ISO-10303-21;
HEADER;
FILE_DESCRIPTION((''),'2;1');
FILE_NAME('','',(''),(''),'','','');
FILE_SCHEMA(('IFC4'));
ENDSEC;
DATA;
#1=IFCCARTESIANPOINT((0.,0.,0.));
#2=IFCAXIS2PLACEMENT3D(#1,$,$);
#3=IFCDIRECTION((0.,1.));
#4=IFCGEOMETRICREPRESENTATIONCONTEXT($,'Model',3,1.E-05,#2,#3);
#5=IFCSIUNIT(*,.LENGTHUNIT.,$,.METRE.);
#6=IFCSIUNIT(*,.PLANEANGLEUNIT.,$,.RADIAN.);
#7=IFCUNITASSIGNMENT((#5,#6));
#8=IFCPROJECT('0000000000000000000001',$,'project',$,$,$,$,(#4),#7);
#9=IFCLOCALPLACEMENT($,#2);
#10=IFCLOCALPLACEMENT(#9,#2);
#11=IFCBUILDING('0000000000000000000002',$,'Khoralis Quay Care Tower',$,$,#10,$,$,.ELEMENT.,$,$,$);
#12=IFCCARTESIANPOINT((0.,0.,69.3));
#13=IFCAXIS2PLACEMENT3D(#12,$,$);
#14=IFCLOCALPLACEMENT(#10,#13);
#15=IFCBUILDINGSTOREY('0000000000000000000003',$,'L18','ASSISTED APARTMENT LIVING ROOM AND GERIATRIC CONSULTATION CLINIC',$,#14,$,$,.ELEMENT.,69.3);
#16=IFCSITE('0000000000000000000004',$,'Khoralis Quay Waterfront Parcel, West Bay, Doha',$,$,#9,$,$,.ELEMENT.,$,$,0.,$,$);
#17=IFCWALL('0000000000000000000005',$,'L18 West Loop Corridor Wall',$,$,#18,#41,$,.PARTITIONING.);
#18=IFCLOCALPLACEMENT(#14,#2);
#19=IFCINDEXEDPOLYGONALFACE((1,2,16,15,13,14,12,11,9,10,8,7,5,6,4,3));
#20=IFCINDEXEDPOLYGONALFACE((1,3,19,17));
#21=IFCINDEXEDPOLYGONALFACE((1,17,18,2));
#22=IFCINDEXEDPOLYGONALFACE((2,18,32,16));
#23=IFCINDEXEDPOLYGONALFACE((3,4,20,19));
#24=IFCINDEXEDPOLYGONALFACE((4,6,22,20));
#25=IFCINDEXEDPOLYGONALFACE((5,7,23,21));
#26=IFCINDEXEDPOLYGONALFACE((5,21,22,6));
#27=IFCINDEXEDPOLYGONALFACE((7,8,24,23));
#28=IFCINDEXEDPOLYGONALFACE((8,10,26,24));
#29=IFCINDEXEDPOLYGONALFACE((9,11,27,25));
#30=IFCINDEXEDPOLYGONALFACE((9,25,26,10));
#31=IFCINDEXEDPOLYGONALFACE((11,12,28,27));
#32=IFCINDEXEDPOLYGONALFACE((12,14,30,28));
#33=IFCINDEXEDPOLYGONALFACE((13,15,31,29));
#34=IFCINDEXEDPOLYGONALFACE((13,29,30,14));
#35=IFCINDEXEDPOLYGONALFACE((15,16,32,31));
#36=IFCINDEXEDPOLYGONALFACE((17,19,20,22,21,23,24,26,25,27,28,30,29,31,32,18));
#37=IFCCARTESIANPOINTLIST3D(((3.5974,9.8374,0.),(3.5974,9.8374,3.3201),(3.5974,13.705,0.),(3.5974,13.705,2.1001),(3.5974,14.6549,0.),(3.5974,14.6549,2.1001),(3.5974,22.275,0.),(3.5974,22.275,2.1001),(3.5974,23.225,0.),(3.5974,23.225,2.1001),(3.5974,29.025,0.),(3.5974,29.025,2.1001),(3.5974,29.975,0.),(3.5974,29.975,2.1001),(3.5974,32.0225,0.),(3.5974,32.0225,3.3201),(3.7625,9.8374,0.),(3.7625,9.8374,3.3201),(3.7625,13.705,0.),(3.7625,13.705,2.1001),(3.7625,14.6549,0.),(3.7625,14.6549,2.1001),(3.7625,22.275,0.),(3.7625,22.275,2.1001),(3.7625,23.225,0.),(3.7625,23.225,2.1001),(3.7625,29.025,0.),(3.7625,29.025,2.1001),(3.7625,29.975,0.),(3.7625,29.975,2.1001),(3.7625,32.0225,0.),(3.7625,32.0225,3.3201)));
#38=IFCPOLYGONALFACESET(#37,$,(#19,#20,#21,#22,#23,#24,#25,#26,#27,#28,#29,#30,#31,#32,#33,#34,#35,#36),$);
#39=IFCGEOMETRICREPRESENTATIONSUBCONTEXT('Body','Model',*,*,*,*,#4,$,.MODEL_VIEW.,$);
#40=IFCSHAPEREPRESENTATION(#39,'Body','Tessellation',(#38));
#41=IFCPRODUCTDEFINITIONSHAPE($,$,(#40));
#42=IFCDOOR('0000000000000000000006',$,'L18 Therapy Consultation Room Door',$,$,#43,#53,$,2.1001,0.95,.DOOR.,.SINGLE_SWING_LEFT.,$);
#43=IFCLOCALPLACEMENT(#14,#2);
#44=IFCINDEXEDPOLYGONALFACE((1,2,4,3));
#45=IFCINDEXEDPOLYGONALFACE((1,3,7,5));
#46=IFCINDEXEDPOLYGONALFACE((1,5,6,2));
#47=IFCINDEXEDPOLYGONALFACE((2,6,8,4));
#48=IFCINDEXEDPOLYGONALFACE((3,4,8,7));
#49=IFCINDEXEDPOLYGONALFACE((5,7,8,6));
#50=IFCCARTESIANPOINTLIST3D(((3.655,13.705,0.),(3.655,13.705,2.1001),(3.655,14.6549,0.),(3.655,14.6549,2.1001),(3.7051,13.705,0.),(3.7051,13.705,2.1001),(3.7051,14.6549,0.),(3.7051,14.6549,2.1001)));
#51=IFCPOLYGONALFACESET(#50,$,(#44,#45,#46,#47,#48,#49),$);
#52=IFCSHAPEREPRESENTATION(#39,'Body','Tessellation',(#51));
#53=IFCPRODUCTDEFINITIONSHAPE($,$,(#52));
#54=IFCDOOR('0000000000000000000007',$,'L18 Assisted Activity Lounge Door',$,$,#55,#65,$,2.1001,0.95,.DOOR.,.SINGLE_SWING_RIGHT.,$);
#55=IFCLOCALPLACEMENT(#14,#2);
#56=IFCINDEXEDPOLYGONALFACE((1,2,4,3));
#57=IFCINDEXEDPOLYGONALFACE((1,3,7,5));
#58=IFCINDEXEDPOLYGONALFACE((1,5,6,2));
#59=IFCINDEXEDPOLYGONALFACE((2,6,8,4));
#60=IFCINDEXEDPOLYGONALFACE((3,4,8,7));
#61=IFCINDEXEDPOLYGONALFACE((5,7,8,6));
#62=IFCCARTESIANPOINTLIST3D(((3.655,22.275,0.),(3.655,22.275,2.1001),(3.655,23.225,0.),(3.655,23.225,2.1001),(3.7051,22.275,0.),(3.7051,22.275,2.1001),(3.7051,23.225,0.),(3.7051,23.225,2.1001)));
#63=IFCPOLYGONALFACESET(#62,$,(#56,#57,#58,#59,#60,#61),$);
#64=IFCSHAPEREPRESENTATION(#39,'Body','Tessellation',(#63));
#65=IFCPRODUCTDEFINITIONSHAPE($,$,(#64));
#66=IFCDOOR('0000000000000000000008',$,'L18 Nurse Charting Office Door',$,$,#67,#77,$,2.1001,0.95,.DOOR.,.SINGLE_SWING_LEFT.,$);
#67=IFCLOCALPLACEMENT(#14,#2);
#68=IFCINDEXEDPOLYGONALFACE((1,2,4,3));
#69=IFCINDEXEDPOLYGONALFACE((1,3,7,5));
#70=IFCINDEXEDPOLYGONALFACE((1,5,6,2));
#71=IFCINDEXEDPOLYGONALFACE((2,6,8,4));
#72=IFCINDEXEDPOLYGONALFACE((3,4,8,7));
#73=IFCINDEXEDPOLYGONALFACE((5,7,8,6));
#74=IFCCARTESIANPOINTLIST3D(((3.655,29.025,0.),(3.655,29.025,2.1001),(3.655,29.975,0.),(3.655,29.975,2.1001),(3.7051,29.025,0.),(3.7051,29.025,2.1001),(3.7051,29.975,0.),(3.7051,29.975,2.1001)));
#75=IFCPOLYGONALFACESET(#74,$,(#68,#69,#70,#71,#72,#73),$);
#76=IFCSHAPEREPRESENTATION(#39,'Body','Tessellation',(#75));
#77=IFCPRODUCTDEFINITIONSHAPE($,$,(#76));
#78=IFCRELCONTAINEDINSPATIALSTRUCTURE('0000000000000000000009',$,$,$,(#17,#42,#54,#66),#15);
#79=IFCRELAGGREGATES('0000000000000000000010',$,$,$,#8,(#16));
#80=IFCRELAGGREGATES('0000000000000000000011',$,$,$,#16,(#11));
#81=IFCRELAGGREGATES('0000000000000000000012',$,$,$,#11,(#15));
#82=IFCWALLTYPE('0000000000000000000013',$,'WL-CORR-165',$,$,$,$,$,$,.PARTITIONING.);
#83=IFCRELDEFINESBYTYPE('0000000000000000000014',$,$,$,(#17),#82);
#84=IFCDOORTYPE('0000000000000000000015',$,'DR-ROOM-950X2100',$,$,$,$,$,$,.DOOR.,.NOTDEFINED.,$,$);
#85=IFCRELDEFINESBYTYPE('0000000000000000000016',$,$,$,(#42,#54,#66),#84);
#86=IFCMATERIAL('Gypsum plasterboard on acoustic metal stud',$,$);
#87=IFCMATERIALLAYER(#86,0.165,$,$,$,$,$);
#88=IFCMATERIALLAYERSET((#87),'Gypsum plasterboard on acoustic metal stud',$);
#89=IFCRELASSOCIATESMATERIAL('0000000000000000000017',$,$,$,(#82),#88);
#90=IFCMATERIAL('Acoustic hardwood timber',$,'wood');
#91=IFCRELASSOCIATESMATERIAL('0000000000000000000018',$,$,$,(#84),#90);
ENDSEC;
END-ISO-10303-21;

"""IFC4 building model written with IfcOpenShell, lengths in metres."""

from ifc_helpers import new_model, si_unit, direction, frame, frame_2d, origin, place, context, subcontext, project, spatial, rectangle, extrude, source, transform, mapped, material, layer, layer_set, type_object, element, fill, save


model = new_model("IFC4")

# Units and contexts
model_context = context("Model", 3, precision=1e-05, world=origin(), true_north=direction((0.0, 1.0)))
body_context = subcontext(model_context, "Body", "Model", "MODEL_VIEW")
ifc_project = project(units=[si_unit("LENGTHUNIT", "METRE"), si_unit("PLANEANGLEUNIT", "RADIAN")], contexts=[model_context])

# Site, building, storey
site_placement = place(None, origin())
site = spatial("IfcSite", under=ifc_project, at=site_placement, Name="Khoralis Quay Waterfront Parcel, West Bay, Doha", CompositionType="ELEMENT", RefElevation=0.0)
building_placement = place(site_placement, origin())
building = spatial("IfcBuilding", under=site, at=building_placement, Name="Khoralis Quay Care Tower", CompositionType="ELEMENT")
storey_placement = place(building_placement, frame((0.0, 0.0, 69.3)))
storey = spatial("IfcBuildingStorey", under=building, at=storey_placement, Name="L18", Description="ASSISTED APARTMENT LIVING ROOM AND GERIATRIC CONSULTATION CLINIC", CompositionType="ELEMENT", Elevation=69.3)

# Shared definitions
ifc_material_1 = material(Name="Gypsum plasterboard on acoustic metal stud")

# Wall, openings, doors
ifc_layer_1 = layer(ifc_material_1, 0.165)
ifc_layer_set_1 = layer_set([ifc_layer_1], Name="Gypsum plasterboard on acoustic metal stud")
wall_type_1 = type_object("IfcWallType", Name="WL-CORR-165", PredefinedType="PARTITIONING", material=ifc_layer_set_1)
ifc_material_2 = material(Name="Acoustic hardwood timber", Category="wood")
door_type_1 = type_object("IfcDoorType", Name="DR-ROOM-950X2100", OperationType="NOTDEFINED", PredefinedType="DOOR", material=ifc_material_2)
shared_shape_1 = source(origin(), body_context, "Body", "SweptSolid", [
    extrude(rectangle(XDim=0.95, YDim=2.1001, at=frame_2d((0.4751, 1.05))), frame((0.0, 0.0249, 0.0), z_axis=(0.0, -1.0, 0.0), x_axis=(1.0, 0.0, 0.0)), (0.0, 0.0, 1.0), 0.05),
])
wall_1_placement = place(storey_placement, frame((3.6799, 9.8374, 0.0), z_axis=(0.0, 0.0, 1.0), x_axis=(0.0, 1.0, 0.0)))
wall_1 = element("IfcWall", 1, at=wall_1_placement, inside=storey, type_object=wall_type_1, Name="L18 West Loop Corridor Wall", PredefinedType="PARTITIONING", context=body_context, shape_type="SweptSolid", body=[
    extrude(rectangle(XDim=22.1851, YDim=0.165, at=frame_2d((11.0925, 0.0))), origin(), (0.0, 0.0, 1.0), 3.3201),
])
opening_1_placement = place(wall_1_placement, frame((3.8674, 0.0, 0.0)))
opening_1 = element("IfcOpeningElement", 2, at=opening_1_placement, cuts=wall_1, PredefinedType="OPENING", context=body_context, shape_type="SweptSolid", body=[
    extrude(rectangle(XDim=0.95, YDim=2.1001, at=frame_2d((0.4751, 1.05))), frame((0.0, 0.0925, 0.0), z_axis=(0.0, -1.0, 0.0), x_axis=(1.0, 0.0, 0.0)), (0.0, 0.0, 1.0), 0.1851),
])
opening_2_placement = place(wall_1_placement, frame((12.4375, 0.0, 0.0)))
opening_2 = element("IfcOpeningElement", 3, at=opening_2_placement, cuts=wall_1, PredefinedType="OPENING", context=body_context, shape_type="SweptSolid", body=[
    extrude(rectangle(XDim=0.95, YDim=2.1001, at=frame_2d((0.4751, 1.05))), frame((0.0, 0.0925, 0.0), z_axis=(0.0, -1.0, 0.0), x_axis=(1.0, 0.0, 0.0)), (0.0, 0.0, 1.0), 0.1851),
])
opening_3_placement = place(wall_1_placement, frame((19.1875, 0.0, 0.0)))
opening_3 = element("IfcOpeningElement", 4, at=opening_3_placement, cuts=wall_1, PredefinedType="OPENING", context=body_context, shape_type="SweptSolid", body=[
    extrude(rectangle(XDim=0.95, YDim=2.1001, at=frame_2d((0.4751, 1.05))), frame((0.0, 0.0925, 0.0), z_axis=(0.0, -1.0, 0.0), x_axis=(1.0, 0.0, 0.0)), (0.0, 0.0, 1.0), 0.1851),
])
door_1_placement = place(opening_1_placement, origin())
door_1 = element("IfcDoor", 5, at=door_1_placement, inside=storey, type_object=door_type_1, Name="L18 Therapy Consultation Room Door", OperationType="SINGLE_SWING_LEFT", OverallHeight=2.1001, OverallWidth=0.95, PredefinedType="DOOR", context=body_context, shape_type="MappedRepresentation", body=[
    mapped(shared_shape_1, transform((0.0, 0.0, 0.0), scale=1.0)),
])
fill(opening_1, door_1)
door_2_placement = place(opening_2_placement, origin())
door_2 = element("IfcDoor", 6, at=door_2_placement, inside=storey, type_object=door_type_1, Name="L18 Assisted Activity Lounge Door", OperationType="SINGLE_SWING_RIGHT", OverallHeight=2.1001, OverallWidth=0.95, PredefinedType="DOOR", context=body_context, shape_type="MappedRepresentation", body=[
    mapped(shared_shape_1, transform((0.0, 0.0, 0.0), scale=1.0)),
])
fill(opening_2, door_2)
door_3_placement = place(opening_3_placement, origin())
door_3 = element("IfcDoor", 7, at=door_3_placement, inside=storey, type_object=door_type_1, Name="L18 Nurse Charting Office Door", OperationType="SINGLE_SWING_LEFT", OverallHeight=2.1001, OverallWidth=0.95, PredefinedType="DOOR", context=body_context, shape_type="MappedRepresentation", body=[
    mapped(shared_shape_1, transform((0.0, 0.0, 0.0), scale=1.0)),
])
fill(opening_3, door_3)

save(model, "model.ifc")
